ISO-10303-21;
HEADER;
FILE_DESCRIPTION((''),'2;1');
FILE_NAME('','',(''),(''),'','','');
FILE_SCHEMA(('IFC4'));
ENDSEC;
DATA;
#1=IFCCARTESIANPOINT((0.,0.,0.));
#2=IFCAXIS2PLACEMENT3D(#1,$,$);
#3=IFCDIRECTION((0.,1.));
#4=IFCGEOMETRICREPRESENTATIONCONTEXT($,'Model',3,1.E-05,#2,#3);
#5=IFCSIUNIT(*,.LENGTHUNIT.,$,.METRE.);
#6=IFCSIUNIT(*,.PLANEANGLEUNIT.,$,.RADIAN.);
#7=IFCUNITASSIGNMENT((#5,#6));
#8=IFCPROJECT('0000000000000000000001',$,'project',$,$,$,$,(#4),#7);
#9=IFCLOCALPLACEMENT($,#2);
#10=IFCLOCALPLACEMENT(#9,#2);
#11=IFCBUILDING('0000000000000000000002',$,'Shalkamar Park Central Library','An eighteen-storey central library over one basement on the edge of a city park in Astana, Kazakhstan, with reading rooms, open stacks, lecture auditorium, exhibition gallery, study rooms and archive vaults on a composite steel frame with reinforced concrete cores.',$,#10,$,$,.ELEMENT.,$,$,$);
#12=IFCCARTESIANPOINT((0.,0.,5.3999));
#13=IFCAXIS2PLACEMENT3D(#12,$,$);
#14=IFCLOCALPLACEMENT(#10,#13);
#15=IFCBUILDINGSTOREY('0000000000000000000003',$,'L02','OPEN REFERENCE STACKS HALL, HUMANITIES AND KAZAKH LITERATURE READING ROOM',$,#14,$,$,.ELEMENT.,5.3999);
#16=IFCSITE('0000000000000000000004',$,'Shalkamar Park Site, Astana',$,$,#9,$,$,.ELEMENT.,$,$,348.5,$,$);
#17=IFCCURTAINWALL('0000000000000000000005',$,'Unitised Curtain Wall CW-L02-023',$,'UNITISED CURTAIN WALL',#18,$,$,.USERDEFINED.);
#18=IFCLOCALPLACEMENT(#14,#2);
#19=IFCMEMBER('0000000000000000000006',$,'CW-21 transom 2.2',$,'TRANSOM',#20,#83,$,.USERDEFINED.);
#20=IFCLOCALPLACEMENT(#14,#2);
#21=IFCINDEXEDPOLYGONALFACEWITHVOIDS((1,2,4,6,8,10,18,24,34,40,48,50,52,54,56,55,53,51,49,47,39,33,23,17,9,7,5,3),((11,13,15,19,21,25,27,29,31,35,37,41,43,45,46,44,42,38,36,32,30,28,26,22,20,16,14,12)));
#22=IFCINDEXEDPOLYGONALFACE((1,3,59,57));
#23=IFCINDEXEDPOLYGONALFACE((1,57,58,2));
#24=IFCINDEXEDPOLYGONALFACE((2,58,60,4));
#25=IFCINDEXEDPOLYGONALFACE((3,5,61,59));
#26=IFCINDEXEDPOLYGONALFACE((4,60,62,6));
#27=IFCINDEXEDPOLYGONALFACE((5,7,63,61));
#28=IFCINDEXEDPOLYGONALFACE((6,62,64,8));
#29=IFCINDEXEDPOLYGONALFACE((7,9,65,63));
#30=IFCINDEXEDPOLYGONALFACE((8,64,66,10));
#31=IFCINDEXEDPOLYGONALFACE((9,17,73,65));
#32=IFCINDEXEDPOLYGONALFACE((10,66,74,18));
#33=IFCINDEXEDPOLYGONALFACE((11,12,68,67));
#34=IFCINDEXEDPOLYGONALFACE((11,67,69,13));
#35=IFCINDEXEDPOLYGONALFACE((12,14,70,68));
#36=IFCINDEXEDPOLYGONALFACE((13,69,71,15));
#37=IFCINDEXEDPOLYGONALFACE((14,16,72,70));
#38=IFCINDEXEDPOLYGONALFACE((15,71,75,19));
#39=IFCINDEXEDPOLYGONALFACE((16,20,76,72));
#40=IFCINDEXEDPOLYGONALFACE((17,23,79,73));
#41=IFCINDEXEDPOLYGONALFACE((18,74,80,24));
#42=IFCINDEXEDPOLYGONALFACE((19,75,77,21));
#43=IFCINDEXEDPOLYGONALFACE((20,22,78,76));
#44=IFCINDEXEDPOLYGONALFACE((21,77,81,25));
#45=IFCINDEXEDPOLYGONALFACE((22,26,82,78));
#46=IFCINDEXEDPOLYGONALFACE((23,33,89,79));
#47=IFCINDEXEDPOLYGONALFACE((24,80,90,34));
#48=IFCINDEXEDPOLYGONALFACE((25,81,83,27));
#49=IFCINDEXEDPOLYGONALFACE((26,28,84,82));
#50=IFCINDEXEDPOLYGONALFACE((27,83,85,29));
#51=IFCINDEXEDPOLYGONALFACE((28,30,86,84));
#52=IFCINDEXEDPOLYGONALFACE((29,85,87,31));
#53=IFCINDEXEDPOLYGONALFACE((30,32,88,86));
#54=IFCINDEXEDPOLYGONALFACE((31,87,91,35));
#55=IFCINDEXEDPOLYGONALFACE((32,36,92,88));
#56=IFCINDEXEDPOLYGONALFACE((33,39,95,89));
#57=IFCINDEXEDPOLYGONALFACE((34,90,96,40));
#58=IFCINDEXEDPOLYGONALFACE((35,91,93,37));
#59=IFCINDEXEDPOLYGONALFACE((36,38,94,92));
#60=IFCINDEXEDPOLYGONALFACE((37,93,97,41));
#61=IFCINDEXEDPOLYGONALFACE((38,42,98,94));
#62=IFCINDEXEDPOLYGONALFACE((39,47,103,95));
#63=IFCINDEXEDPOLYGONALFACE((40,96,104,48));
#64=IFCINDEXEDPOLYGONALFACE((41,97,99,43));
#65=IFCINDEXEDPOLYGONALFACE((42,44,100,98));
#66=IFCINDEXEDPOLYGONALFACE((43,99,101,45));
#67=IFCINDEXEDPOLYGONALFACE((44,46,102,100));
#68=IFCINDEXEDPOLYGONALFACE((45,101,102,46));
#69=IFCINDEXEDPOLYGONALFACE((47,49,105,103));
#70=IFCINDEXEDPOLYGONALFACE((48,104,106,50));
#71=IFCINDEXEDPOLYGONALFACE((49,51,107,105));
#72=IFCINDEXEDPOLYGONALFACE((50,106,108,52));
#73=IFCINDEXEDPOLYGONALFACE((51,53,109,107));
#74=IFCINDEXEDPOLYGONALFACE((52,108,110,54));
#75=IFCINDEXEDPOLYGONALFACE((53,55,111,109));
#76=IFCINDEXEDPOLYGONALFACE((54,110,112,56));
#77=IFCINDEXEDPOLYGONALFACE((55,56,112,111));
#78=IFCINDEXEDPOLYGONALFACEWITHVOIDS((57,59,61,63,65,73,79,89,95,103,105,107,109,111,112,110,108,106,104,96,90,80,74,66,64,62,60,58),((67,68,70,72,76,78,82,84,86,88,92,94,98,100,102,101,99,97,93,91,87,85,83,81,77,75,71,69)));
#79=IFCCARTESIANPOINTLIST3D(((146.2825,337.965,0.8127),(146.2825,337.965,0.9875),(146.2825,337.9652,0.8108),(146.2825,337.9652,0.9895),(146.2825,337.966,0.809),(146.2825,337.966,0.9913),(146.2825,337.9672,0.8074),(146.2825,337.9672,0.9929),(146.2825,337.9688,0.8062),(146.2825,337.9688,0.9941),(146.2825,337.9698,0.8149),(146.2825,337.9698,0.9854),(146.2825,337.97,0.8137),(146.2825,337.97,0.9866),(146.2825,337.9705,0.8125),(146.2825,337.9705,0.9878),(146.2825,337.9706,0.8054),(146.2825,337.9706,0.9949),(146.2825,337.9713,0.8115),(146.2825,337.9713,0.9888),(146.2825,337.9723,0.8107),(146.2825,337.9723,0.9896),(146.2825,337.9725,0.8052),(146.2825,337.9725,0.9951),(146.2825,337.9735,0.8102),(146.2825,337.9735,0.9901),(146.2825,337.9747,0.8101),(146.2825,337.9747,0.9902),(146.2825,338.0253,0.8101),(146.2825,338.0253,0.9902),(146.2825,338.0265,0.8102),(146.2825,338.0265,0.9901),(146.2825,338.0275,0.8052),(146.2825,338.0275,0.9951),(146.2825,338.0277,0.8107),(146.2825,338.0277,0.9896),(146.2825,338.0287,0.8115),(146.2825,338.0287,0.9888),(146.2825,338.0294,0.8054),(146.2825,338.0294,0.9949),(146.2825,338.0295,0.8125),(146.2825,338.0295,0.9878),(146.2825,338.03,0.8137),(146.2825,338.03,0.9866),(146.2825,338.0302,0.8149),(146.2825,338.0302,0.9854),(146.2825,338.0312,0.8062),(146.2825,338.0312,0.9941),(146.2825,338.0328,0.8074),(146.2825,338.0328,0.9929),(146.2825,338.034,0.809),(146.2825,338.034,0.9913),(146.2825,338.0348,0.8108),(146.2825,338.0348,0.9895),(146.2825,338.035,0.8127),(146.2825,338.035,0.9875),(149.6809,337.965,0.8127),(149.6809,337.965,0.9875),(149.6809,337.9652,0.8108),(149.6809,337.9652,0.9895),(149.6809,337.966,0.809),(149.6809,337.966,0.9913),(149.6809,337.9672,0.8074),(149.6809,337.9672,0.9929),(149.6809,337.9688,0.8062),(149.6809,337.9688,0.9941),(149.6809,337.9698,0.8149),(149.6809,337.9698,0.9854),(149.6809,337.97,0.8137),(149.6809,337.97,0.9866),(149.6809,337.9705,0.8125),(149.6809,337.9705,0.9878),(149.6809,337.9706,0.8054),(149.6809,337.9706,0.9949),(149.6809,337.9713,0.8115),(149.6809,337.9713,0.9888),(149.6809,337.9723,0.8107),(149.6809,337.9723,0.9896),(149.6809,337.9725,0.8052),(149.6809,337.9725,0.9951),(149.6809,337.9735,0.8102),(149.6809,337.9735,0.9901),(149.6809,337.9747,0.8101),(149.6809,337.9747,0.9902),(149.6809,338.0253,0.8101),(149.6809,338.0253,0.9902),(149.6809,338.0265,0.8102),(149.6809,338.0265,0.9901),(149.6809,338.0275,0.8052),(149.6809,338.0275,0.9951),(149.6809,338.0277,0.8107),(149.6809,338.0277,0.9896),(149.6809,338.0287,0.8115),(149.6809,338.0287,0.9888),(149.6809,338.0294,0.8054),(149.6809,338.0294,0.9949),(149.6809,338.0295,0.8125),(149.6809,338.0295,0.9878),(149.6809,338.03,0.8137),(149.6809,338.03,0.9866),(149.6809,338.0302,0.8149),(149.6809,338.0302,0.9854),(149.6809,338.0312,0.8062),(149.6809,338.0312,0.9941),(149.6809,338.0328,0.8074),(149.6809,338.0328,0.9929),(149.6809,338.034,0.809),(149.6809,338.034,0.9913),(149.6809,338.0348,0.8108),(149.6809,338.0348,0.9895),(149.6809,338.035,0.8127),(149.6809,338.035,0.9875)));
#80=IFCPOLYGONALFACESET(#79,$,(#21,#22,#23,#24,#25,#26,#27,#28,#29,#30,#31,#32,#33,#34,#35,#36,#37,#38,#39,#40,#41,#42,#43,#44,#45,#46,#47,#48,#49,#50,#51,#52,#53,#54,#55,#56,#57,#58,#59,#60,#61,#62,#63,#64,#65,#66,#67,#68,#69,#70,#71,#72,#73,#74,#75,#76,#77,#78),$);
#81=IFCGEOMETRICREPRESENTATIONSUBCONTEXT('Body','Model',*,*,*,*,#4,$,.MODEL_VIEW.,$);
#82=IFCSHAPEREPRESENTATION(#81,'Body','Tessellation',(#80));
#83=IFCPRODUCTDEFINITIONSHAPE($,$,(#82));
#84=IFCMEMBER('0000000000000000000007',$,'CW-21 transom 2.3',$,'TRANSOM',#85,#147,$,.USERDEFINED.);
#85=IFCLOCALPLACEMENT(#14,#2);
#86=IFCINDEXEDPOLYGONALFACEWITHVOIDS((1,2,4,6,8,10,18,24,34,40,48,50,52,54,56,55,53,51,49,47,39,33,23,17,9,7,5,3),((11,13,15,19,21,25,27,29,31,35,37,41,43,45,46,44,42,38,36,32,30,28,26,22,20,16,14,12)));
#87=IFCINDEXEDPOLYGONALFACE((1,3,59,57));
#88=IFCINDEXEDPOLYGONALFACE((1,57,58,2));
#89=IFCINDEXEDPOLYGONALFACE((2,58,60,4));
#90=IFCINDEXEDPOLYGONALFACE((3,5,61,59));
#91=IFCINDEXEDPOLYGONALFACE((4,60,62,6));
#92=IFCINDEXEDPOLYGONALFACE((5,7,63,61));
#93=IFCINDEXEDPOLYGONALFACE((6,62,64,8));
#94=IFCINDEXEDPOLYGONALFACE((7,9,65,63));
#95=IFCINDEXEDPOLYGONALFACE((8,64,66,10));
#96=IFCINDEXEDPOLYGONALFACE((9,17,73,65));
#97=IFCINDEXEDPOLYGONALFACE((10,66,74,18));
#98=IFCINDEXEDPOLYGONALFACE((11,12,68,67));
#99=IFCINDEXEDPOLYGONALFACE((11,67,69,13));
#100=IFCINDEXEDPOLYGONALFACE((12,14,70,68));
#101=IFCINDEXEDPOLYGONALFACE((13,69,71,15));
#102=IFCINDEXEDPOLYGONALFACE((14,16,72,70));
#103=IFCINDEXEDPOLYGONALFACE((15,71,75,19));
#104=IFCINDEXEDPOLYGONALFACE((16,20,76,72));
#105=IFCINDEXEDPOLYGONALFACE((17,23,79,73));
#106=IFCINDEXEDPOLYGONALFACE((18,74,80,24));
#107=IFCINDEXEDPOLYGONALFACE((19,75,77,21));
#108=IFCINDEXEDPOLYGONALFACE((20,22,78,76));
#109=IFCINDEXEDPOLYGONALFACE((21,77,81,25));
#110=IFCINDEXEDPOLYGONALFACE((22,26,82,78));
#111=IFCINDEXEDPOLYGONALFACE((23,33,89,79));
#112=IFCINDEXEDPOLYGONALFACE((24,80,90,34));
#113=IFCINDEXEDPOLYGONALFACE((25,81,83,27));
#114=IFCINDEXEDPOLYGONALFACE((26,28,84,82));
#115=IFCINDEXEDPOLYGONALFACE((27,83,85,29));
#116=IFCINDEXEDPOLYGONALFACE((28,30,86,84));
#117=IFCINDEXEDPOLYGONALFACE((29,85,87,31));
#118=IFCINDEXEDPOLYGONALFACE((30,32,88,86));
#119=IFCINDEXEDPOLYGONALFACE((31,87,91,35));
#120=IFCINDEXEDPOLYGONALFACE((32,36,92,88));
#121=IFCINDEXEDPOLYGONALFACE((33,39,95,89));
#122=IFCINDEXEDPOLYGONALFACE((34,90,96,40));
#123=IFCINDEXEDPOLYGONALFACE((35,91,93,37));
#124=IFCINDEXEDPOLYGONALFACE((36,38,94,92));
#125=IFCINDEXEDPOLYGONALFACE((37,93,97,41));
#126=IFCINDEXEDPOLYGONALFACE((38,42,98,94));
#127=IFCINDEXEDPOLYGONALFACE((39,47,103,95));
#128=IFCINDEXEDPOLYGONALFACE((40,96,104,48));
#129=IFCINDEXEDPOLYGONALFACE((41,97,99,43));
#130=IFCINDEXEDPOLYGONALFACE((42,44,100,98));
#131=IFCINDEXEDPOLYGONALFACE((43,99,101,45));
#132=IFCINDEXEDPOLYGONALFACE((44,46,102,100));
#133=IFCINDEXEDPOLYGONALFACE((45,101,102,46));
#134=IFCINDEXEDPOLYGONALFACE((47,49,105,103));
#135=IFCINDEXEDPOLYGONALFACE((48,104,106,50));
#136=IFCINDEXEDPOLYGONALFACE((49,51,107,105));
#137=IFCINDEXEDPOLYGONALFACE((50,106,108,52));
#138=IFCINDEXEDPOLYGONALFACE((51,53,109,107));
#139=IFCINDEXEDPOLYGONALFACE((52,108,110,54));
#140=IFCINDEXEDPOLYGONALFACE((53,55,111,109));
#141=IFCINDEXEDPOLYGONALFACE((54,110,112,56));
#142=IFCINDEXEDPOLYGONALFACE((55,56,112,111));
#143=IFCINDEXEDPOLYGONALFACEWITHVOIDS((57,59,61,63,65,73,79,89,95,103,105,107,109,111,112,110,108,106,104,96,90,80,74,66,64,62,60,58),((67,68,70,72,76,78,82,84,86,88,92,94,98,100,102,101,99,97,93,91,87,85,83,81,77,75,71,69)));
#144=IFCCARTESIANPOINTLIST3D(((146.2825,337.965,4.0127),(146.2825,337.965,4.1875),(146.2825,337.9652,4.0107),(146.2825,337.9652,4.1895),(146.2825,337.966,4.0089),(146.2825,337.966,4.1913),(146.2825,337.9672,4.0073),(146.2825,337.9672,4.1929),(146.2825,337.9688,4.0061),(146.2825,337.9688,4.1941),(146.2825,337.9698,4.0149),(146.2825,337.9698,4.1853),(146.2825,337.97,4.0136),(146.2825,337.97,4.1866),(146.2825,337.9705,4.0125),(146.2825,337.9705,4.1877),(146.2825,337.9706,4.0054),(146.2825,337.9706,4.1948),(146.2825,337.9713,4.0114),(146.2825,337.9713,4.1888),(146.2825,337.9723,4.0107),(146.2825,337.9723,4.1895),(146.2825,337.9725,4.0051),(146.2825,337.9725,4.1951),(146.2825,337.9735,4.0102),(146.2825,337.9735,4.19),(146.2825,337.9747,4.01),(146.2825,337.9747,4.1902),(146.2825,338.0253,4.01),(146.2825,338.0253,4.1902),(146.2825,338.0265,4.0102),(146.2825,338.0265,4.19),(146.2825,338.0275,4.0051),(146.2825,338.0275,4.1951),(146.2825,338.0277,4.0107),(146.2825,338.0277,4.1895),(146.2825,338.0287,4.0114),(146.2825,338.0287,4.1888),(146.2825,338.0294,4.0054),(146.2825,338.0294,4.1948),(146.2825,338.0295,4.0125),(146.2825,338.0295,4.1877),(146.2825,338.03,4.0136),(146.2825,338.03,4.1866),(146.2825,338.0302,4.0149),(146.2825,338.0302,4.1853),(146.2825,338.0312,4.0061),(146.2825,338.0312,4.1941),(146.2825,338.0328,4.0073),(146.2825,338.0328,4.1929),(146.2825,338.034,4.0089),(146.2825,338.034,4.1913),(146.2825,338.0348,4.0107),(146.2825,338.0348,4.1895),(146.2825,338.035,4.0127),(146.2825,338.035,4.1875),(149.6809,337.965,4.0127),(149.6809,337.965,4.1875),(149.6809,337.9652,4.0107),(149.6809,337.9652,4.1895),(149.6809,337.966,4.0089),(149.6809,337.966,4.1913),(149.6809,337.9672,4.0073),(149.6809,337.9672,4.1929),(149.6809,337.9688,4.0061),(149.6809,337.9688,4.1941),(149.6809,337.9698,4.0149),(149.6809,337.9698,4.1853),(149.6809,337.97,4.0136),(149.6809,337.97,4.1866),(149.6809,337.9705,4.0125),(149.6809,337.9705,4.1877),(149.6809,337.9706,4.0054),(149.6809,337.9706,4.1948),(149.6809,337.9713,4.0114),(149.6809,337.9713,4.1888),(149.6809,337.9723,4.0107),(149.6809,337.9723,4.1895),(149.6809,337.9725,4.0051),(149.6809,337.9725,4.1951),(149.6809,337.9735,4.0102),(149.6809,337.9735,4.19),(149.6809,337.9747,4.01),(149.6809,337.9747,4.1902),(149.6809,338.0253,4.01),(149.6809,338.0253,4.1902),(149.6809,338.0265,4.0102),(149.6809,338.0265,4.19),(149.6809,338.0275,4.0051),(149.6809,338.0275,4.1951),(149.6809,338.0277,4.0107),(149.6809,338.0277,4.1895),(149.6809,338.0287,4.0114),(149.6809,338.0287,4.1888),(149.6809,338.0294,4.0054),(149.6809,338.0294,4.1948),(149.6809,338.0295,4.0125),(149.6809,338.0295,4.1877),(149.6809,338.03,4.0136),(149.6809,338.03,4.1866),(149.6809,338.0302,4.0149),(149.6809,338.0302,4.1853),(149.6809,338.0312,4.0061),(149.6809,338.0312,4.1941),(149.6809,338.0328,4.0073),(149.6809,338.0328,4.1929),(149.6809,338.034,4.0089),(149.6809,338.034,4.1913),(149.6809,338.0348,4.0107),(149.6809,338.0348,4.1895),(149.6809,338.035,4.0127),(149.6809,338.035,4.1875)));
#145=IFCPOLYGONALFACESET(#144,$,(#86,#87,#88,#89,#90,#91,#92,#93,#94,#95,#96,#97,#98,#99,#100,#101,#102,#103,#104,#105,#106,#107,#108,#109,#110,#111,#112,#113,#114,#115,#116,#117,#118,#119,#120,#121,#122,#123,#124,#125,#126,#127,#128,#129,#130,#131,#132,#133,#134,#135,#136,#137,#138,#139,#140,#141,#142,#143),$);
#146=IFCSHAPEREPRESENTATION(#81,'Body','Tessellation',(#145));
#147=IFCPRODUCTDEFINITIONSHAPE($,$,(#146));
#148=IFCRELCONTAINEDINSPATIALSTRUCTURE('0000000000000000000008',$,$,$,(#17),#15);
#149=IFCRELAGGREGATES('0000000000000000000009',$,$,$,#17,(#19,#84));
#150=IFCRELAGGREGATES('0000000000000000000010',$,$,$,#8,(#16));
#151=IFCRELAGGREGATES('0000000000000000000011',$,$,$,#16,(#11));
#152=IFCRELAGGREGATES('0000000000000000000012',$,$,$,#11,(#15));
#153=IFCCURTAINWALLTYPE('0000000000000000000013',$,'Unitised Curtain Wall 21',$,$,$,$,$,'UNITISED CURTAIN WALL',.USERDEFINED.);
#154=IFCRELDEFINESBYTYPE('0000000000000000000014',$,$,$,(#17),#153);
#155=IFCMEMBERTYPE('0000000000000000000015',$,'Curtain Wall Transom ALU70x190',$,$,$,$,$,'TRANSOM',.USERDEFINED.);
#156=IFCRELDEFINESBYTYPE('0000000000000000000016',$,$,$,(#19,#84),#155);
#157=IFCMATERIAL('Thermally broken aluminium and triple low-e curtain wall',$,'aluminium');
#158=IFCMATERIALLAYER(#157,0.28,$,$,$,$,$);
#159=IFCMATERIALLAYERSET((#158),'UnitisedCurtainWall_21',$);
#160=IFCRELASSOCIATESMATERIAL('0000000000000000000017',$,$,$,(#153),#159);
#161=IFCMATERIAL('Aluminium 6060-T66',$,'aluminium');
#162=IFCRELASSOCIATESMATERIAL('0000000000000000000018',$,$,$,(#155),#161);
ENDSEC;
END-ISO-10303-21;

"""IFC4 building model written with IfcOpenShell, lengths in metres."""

from ifc_helpers import new_model, si_unit, direction, frame, origin, origin_2d, place, context, subcontext, project, spatial, hollow_rectangle, extrude, material, layer, layer_set, material_profile, profile_set, type_object, element, aggregate, save


model = new_model("IFC4")

# Units and contexts
model_context = context("Model", 3, precision=1e-05, world=origin(), true_north=direction((0.0, 1.0)))
body_context = subcontext(model_context, "Body", "Model", "MODEL_VIEW")
ifc_project = project(units=[si_unit("LENGTHUNIT", "METRE"), si_unit("PLANEANGLEUNIT", "RADIAN")], contexts=[model_context])

# Site, building, storey
site_placement = place(None, origin())
site = spatial("IfcSite", under=ifc_project, at=site_placement, Name="Shalkamar Park Site, Astana", CompositionType="ELEMENT", RefElevation=348.5)
building_placement = place(site_placement, origin())
building = spatial("IfcBuilding", under=site, at=building_placement, Name="Shalkamar Park Central Library", Description="An eighteen-storey central library over one basement on the edge of a city park in Astana, Kazakhstan, with reading rooms, open stacks, lecture auditorium, exhibition gallery, study rooms and archive vaults on a composite steel frame with reinforced concrete cores.", CompositionType="ELEMENT")
storey_placement = place(building_placement, frame((0.0, 0.0, 5.3999)))
storey = spatial("IfcBuildingStorey", under=building, at=storey_placement, Name="L02", Description="OPEN REFERENCE STACKS HALL, HUMANITIES AND KAZAKH LITERATURE READING ROOM", CompositionType="ELEMENT", Elevation=5.3999)

# Shared definitions
ifc_material_1 = material(Name="Thermally broken aluminium and triple low-e curtain wall", Category="aluminium")
ifc_material_2 = material(Name="Aluminium 6060-T66", Category="aluminium")

# Curtain wall
ifc_layer_1 = layer(ifc_material_1, 0.28)
ifc_layer_set_1 = layer_set([ifc_layer_1], Name="UnitisedCurtainWall_21")
curtain_wall_type_1 = type_object("IfcCurtainWallType", Name="Unitised Curtain Wall 21", ElementType="UNITISED CURTAIN WALL", PredefinedType="USERDEFINED", material=ifc_layer_set_1)
curtain_wall_1_placement = place(storey_placement, origin())
curtain_wall_1 = element("IfcCurtainWall", 1, at=curtain_wall_1_placement, inside=storey, type_object=curtain_wall_type_1, Name="Unitised Curtain Wall CW-L02-023", ObjectType="UNITISED CURTAIN WALL", PredefinedType="USERDEFINED")

# Members
ifc_material_profile_1 = material_profile(ifc_material_2, hollow_rectangle(XDim=0.0701, YDim=0.1899, WallThickness=0.0049, InnerFilletRadius=0.0049, OuterFilletRadius=0.0076, at=origin_2d()), Name="ALU 70x190x5")
ifc_profile_set_1 = profile_set([ifc_material_profile_1], Name="Aluminium 6060-T66")
member_type_1 = type_object("IfcMemberType", Name="Curtain Wall Transom ALU70x190", ElementType="TRANSOM", PredefinedType="USERDEFINED", material=ifc_profile_set_1)
member_1_placement = place(storey_placement, frame((146.2825, 338.0, 0.9001), z_axis=(1.0, 0.0, 0.0), x_axis=(0.0, 1.0, 0.0)))
member_1 = element("IfcMember", 2, at=member_1_placement, type_object=member_type_1, Name="CW-21 transom 2.2", ObjectType="TRANSOM", PredefinedType="USERDEFINED", context=body_context, shape_type="SweptSolid", body=[
    extrude(hollow_rectangle(XDim=0.0701, YDim=0.1899, WallThickness=0.0049, InnerFilletRadius=0.0049, OuterFilletRadius=0.0076, at=origin_2d()), origin(), (0.0, 0.0, 1.0), 3.3984),
])
member_2_placement = place(storey_placement, frame((146.2825, 338.0, 4.1001), z_axis=(1.0, 0.0, 0.0), x_axis=(0.0, 1.0, 0.0)))
member_2 = element("IfcMember", 3, at=member_2_placement, type_object=member_type_1, Name="CW-21 transom 2.3", ObjectType="TRANSOM", PredefinedType="USERDEFINED", context=body_context, shape_type="SweptSolid", body=[
    extrude(hollow_rectangle(XDim=0.0701, YDim=0.1899, WallThickness=0.0049, InnerFilletRadius=0.0049, OuterFilletRadius=0.0076, at=origin_2d()), origin(), (0.0, 0.0, 1.0), 3.3984),
])

aggregate(curtain_wall_1, [member_1, member_2])

save(model, "model.ifc")
